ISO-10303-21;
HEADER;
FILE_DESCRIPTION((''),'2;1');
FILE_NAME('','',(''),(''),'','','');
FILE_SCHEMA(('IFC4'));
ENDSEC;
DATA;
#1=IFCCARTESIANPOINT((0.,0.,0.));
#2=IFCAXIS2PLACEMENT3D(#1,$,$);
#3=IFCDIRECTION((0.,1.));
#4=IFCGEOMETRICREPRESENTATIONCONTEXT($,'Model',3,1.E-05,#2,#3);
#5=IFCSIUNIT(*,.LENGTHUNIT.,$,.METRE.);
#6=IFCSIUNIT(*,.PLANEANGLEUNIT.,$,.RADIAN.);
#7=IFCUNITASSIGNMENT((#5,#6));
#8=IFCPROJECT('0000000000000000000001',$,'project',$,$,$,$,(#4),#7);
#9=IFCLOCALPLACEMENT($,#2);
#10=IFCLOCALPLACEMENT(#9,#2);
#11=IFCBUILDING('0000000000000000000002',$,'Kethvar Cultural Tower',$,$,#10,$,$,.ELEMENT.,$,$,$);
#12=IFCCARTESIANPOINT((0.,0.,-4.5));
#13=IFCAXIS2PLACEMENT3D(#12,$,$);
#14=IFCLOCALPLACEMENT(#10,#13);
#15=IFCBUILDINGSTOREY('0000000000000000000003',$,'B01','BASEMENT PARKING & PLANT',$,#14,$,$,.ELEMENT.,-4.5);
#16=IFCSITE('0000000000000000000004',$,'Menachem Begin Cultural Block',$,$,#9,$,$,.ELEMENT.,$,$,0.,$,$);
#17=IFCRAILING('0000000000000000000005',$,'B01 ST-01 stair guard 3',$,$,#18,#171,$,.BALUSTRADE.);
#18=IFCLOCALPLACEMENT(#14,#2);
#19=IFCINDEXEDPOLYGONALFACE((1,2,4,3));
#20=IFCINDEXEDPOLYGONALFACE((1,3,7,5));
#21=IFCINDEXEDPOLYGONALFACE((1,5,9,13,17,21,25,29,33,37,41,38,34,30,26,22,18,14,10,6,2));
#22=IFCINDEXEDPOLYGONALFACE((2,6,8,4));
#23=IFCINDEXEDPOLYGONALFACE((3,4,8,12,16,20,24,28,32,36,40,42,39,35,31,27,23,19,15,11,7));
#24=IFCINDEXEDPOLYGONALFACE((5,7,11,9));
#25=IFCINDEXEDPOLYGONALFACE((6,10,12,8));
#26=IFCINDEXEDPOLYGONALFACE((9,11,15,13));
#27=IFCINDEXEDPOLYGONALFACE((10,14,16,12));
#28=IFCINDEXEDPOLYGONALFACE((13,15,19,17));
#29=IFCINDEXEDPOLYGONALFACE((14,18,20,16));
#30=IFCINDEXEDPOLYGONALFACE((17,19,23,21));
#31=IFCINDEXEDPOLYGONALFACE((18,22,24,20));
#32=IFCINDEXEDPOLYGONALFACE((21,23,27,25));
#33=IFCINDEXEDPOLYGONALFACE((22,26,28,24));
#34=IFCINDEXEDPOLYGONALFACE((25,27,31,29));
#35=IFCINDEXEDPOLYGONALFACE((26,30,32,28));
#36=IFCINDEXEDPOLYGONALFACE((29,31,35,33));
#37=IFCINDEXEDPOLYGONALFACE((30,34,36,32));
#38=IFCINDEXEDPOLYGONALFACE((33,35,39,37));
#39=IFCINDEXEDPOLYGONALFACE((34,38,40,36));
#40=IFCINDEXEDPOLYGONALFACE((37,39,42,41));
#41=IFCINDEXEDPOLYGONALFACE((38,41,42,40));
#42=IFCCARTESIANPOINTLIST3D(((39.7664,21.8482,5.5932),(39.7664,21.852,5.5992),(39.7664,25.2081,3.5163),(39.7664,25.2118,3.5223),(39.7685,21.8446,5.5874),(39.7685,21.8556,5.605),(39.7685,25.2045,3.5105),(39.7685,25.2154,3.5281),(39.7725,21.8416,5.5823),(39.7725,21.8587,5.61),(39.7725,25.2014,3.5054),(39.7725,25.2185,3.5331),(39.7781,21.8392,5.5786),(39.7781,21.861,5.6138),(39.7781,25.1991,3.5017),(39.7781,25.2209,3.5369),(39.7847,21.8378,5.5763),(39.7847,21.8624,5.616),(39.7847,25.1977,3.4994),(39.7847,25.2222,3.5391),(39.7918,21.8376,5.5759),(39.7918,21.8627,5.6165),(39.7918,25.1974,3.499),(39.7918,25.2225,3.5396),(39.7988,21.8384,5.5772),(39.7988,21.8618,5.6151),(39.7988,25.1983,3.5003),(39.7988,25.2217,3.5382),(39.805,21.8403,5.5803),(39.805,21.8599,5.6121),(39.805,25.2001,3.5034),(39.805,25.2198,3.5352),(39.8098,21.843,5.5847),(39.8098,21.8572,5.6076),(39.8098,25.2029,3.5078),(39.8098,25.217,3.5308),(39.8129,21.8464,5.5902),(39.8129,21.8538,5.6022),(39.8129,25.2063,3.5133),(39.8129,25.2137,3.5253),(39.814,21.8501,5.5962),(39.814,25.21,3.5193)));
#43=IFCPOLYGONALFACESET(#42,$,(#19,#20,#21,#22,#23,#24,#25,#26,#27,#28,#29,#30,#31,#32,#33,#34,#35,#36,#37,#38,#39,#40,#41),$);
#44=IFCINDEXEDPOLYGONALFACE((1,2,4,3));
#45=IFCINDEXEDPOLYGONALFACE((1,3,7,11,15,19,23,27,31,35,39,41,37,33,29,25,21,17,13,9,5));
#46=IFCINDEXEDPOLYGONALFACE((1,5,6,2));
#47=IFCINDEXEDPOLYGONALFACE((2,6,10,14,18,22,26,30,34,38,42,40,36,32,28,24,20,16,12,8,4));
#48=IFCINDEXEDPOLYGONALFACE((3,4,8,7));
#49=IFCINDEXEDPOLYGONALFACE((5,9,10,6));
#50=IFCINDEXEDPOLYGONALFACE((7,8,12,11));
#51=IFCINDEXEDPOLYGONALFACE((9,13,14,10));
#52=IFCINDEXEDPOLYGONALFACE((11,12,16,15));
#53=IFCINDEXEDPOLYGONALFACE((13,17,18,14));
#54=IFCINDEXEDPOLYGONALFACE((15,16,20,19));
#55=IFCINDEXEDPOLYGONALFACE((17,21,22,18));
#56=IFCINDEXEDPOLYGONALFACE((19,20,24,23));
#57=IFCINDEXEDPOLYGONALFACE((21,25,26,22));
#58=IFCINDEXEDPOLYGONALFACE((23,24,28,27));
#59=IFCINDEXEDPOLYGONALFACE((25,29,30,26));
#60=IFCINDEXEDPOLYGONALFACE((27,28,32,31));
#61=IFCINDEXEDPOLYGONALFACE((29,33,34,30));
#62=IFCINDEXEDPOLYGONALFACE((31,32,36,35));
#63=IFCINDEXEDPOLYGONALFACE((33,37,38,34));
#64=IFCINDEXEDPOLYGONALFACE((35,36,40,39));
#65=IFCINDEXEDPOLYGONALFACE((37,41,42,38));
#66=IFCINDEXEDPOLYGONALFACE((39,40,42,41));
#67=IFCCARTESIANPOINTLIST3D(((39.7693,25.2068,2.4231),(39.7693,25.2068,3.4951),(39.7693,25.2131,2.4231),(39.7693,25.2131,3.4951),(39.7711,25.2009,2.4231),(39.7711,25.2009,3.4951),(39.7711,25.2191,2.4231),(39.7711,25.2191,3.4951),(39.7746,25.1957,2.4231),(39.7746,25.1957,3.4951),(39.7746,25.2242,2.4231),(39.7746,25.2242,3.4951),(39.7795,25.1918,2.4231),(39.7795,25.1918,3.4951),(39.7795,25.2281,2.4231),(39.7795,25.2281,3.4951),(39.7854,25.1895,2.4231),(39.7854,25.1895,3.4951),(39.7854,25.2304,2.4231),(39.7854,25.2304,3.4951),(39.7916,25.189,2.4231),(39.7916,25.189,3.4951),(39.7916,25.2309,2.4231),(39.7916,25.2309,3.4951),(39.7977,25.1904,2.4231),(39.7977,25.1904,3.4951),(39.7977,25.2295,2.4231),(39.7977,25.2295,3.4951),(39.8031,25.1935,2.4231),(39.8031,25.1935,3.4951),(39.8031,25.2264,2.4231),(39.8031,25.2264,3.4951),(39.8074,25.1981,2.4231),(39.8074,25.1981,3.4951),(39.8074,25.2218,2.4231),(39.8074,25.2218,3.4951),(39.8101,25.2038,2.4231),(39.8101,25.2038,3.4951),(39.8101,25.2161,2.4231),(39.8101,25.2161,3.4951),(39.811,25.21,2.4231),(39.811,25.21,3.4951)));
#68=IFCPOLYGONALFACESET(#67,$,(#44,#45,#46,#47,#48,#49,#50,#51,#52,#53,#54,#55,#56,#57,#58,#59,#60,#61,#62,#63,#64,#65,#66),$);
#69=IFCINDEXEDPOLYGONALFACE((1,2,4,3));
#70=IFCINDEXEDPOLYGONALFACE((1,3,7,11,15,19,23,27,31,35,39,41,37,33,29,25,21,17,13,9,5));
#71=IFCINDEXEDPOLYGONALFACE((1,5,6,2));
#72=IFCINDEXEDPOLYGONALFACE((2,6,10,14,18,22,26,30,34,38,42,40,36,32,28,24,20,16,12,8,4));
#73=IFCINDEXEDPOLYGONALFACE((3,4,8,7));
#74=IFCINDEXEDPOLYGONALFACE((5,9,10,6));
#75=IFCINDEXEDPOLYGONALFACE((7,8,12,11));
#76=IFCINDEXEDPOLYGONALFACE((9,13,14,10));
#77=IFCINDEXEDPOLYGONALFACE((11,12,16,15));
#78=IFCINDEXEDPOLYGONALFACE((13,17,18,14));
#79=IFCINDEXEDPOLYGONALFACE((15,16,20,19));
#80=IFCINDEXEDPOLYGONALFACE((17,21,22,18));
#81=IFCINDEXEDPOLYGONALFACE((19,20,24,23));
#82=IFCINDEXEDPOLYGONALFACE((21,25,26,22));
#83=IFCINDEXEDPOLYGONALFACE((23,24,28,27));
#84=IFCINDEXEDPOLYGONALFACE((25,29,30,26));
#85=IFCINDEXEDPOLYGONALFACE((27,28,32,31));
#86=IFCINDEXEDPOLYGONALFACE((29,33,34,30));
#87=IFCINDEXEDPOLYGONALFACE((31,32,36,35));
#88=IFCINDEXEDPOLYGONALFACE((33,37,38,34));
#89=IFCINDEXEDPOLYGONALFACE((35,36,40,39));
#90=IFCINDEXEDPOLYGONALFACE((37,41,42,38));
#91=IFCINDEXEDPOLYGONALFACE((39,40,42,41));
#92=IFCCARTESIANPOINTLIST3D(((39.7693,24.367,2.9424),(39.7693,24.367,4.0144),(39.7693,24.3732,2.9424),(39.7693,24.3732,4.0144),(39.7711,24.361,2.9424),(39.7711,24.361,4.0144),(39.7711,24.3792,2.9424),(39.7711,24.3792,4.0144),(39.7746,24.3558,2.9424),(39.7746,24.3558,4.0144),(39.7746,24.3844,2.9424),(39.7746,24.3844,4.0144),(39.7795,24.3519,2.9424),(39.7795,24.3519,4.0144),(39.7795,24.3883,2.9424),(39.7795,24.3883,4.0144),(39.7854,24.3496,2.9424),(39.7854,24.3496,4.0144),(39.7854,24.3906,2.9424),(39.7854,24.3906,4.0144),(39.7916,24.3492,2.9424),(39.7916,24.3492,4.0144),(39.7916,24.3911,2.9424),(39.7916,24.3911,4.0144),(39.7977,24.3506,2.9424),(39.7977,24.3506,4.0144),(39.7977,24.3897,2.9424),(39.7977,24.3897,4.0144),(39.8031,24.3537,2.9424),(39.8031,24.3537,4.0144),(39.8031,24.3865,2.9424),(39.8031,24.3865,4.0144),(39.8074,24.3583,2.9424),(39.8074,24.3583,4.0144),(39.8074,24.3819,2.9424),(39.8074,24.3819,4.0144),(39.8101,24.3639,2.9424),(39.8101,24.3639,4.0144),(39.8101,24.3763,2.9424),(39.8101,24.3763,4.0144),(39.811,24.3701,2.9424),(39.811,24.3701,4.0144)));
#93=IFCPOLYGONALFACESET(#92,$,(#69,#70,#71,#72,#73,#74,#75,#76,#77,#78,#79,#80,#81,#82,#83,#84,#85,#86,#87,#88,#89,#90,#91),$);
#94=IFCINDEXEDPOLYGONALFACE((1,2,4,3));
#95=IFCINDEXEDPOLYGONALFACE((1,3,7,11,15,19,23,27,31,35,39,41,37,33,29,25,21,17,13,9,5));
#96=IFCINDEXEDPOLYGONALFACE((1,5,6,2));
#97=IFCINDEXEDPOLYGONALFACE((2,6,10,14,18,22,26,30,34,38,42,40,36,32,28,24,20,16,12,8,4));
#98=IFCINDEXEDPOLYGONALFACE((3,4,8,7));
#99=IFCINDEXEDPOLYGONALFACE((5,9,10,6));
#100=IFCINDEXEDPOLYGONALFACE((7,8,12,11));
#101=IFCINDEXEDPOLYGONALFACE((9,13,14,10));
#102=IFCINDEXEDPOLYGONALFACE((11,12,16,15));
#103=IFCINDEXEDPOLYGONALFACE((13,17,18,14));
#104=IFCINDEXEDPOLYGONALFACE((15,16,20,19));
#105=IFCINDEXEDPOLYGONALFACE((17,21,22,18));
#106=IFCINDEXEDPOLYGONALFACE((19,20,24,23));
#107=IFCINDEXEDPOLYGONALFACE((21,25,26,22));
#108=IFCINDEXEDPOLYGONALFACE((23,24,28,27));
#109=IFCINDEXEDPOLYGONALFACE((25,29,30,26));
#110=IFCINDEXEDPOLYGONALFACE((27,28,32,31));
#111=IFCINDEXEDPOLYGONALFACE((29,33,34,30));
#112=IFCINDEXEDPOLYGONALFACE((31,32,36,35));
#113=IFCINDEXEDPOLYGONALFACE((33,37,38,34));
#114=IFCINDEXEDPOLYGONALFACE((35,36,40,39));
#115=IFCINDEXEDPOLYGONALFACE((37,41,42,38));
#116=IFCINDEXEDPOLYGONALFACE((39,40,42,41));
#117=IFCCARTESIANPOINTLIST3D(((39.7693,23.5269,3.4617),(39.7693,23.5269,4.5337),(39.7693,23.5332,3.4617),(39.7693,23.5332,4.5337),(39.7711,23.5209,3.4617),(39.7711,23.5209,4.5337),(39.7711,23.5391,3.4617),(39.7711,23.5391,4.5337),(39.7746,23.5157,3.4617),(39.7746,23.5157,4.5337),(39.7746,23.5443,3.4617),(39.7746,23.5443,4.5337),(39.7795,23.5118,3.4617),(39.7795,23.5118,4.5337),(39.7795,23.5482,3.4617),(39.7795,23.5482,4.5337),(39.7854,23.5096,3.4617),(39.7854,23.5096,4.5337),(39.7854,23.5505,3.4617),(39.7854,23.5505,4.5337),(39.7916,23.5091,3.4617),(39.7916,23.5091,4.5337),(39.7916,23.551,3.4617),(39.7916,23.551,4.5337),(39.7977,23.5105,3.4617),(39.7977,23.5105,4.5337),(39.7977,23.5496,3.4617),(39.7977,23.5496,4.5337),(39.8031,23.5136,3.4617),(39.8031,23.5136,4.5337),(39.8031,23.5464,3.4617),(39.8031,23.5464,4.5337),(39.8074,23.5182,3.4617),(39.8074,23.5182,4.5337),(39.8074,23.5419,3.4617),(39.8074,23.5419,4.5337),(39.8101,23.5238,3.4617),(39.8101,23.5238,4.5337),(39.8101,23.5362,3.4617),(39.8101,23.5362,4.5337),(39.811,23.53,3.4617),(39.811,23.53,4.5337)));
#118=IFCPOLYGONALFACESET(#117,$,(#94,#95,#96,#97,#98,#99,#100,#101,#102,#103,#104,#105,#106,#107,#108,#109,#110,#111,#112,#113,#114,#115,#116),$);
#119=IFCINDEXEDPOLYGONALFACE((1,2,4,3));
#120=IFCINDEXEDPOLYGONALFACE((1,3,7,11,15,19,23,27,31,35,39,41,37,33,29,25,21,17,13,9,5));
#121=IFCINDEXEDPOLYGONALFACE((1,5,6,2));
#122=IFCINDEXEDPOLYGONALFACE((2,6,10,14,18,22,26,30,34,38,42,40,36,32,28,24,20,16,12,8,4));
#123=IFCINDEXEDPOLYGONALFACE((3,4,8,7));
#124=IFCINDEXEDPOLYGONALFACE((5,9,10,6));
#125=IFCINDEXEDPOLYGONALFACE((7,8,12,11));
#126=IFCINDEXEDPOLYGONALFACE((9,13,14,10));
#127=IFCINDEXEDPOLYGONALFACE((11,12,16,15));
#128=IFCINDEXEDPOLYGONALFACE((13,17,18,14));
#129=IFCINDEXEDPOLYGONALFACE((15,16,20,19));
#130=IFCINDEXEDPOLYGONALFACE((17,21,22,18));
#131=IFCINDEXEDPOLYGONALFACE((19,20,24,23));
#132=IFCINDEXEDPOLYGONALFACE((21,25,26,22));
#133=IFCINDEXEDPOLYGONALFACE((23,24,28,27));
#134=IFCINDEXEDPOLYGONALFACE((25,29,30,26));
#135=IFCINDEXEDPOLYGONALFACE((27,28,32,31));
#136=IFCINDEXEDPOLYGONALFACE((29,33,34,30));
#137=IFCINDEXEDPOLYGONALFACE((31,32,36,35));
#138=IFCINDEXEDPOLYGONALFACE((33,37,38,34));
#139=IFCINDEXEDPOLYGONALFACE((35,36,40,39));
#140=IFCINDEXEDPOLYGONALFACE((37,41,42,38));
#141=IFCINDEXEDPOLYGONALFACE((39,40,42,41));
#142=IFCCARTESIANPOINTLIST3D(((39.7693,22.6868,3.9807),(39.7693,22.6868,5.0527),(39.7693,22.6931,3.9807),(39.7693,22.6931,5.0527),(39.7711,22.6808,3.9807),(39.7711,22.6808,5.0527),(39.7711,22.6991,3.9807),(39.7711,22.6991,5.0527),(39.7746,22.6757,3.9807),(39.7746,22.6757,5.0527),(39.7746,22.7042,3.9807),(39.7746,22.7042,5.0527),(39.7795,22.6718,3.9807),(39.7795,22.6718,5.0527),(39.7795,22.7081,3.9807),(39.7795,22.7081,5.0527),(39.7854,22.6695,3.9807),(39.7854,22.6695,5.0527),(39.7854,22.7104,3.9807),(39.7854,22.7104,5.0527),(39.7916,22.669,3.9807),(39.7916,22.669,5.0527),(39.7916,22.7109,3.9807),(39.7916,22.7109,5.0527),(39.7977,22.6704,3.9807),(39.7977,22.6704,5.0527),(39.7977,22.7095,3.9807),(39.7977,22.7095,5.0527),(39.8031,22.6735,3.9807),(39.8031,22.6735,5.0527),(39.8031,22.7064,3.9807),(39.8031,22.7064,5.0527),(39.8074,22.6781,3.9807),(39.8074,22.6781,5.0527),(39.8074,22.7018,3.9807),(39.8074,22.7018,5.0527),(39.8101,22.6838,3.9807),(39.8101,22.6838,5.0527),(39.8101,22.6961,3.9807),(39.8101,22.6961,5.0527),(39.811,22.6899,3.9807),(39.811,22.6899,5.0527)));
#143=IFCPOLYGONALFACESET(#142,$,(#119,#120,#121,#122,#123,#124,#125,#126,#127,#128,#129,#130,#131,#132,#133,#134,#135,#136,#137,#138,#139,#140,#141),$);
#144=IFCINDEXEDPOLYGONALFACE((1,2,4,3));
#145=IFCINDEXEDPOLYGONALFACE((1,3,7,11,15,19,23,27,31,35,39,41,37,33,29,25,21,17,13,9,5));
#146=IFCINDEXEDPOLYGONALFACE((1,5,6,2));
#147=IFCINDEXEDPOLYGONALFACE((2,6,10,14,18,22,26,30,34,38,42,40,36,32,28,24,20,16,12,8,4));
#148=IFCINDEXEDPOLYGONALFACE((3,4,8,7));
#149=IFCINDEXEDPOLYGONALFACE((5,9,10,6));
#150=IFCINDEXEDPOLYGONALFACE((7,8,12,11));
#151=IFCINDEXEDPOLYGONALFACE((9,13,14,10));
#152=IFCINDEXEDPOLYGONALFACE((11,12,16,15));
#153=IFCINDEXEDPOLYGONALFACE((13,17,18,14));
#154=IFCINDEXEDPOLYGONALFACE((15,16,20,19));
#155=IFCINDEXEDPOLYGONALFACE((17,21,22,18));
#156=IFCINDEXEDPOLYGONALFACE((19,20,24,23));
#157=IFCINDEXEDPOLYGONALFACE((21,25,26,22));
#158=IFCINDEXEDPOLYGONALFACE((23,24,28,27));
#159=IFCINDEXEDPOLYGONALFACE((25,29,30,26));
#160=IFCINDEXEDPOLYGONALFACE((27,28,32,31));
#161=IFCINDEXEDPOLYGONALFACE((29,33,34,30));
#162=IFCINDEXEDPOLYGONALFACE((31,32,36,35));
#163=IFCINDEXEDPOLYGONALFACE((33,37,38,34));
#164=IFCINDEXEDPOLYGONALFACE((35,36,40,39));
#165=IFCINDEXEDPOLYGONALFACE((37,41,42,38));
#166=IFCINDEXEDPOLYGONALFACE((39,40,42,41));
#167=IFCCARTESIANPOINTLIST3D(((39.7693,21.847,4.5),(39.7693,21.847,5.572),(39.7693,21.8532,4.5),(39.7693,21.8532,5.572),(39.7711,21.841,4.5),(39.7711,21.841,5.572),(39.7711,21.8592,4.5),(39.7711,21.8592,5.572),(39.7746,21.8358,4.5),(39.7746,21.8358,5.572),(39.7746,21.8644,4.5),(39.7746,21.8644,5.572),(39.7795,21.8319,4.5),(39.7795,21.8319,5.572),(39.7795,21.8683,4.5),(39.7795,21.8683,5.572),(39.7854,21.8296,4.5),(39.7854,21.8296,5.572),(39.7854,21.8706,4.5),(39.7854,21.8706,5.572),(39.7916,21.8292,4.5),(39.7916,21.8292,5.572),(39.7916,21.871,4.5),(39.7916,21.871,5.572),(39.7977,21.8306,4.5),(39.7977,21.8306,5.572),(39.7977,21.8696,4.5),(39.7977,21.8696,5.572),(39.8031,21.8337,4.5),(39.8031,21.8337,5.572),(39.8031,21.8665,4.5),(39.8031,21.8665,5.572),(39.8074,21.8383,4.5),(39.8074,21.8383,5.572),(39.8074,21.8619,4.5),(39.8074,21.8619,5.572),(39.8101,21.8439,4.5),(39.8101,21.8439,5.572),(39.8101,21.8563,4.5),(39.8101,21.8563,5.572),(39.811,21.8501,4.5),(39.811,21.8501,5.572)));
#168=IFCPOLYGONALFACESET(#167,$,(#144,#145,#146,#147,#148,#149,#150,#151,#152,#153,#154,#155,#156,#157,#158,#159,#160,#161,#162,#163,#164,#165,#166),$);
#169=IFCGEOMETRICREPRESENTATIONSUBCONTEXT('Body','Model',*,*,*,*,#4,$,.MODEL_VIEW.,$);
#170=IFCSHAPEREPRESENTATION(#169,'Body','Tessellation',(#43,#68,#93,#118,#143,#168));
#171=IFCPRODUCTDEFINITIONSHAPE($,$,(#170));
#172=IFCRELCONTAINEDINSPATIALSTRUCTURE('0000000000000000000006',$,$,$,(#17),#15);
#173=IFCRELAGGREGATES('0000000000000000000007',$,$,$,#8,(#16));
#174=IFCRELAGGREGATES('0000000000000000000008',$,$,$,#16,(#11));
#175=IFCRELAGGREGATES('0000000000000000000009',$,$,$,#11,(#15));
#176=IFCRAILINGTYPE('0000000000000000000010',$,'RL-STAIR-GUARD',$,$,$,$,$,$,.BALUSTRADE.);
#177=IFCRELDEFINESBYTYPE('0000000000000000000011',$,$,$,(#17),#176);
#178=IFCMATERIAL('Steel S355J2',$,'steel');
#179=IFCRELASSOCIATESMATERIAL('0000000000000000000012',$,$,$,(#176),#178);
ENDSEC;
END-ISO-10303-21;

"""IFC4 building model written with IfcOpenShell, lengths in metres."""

from ifc_helpers import new_model, si_unit, direction, frame, origin, origin_2d, place, context, subcontext, project, spatial, circle, extrude, material, type_object, element, save


model = new_model("IFC4")

# Units and contexts
model_context = context("Model", 3, precision=1e-05, world=origin(), true_north=direction((0.0, 1.0)))
body_context = subcontext(model_context, "Body", "Model", "MODEL_VIEW")
ifc_project = project(units=[si_unit("LENGTHUNIT", "METRE"), si_unit("PLANEANGLEUNIT", "RADIAN")], contexts=[model_context])

# Site, building, storey
site_placement = place(None, origin())
site = spatial("IfcSite", under=ifc_project, at=site_placement, Name="Menachem Begin Cultural Block", CompositionType="ELEMENT", RefElevation=0.0)
building_placement = place(site_placement, origin())
building = spatial("IfcBuilding", under=site, at=building_placement, Name="Kethvar Cultural Tower", CompositionType="ELEMENT")
storey_placement = place(building_placement, frame((0.0, 0.0, -4.5)))
storey = spatial("IfcBuildingStorey", under=building, at=storey_placement, Name="B01", Description="BASEMENT PARKING & PLANT", CompositionType="ELEMENT", Elevation=-4.5)

# Shared definitions
ifc_material_1 = material(Name="Steel S355J2", Category="steel")

# Railing
railing_type_1 = type_object("IfcRailingType", Name="RL-STAIR-GUARD", PredefinedType="BALUSTRADE", material=ifc_material_1)
railing_1_placement = place(storey_placement, frame((39.79, 25.21, 2.4231)))
element("IfcRailing", 1, at=railing_1_placement, inside=storey, type_object=railing_type_1, Name="B01 ST-01 stair guard 3", PredefinedType="BALUSTRADE", context=body_context, shape_type="SweptSolid", body=[
    extrude(circle(Radius=0.0239, at=origin_2d()), frame((0.0, 0.0, 1.0962), z_axis=(0.0, -0.850606, 0.525803), x_axis=(1.0, 0.0, 0.0)), (0.0, 0.0, 1.0), 3.95),
    extrude(circle(Radius=0.021, at=origin_2d()), origin(), (0.0, 0.0, 1.0), 1.072),
    extrude(circle(Radius=0.021, at=origin_2d()), frame((0.0, -0.8398, 0.5193)), (0.0, 0.0, 1.0), 1.072),
    extrude(circle(Radius=0.021, at=origin_2d()), frame((0.0, -1.6799, 1.0386)), (0.0, 0.0, 1.0), 1.072),
    extrude(circle(Radius=0.021, at=origin_2d()), frame((0.0, -2.52, 1.5576)), (0.0, 0.0, 1.0), 1.072),
    extrude(circle(Radius=0.021, at=origin_2d()), frame((0.0, -3.3599, 2.0769)), (0.0, 0.0, 1.0), 1.072),
])

save(model, "model.ifc")
